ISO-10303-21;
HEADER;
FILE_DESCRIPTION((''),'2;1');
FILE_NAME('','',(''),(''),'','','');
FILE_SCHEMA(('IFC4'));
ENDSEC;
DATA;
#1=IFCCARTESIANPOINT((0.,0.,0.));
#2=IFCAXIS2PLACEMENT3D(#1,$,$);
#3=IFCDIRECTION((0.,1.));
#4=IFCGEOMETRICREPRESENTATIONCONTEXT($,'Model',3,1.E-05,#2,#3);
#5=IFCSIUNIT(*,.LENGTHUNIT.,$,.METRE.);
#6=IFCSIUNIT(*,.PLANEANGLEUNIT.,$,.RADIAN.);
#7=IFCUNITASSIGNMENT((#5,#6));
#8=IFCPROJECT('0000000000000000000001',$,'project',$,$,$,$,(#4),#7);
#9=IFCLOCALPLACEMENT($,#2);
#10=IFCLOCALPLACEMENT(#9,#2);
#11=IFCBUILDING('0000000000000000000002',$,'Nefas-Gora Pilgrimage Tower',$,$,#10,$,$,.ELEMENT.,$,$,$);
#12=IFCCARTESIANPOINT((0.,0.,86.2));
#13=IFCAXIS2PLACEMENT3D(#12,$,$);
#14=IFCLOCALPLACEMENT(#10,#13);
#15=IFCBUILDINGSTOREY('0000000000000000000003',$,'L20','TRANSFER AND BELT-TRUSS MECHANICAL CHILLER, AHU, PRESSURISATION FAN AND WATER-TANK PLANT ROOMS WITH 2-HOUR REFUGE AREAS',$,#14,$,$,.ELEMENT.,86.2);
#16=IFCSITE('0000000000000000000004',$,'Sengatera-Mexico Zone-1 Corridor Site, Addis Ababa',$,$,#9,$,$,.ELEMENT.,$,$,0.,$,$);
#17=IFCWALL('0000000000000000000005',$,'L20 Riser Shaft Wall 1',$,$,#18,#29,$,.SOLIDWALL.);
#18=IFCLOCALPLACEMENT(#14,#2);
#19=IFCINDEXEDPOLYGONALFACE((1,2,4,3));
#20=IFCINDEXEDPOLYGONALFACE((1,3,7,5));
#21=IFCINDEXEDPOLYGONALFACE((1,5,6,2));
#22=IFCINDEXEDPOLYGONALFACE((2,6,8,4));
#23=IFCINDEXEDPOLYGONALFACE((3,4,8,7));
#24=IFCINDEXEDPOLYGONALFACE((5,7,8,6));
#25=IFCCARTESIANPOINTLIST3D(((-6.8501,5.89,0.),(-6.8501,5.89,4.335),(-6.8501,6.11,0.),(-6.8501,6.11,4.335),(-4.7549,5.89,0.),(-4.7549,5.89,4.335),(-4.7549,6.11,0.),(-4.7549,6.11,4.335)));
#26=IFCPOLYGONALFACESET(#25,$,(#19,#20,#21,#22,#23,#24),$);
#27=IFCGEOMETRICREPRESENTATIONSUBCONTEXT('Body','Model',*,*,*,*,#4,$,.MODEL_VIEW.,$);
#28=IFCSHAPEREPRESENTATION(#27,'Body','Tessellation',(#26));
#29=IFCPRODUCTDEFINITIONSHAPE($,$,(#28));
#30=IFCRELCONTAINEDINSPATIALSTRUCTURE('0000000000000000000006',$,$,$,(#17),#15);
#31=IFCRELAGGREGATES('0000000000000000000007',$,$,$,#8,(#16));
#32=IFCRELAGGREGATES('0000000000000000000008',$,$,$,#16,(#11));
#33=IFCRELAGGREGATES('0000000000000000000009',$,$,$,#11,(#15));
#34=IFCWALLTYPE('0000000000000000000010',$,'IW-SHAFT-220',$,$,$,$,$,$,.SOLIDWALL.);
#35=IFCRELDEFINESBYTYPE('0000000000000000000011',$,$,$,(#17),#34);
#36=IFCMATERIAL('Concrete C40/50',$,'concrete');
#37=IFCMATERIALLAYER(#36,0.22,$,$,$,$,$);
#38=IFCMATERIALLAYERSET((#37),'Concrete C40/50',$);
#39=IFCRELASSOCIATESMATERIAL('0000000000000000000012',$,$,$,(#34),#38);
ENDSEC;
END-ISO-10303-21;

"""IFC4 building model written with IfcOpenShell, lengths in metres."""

from ifc_helpers import new_model, si_unit, direction, frame, frame_2d, origin, place, context, subcontext, project, spatial, rectangle, extrude, source, transform, mapped, material, layer, layer_set, type_object, element, save


model = new_model("IFC4")

# Units and contexts
model_context = context("Model", 3, precision=1e-05, world=origin(), true_north=direction((0.0, 1.0)))
body_context = subcontext(model_context, "Body", "Model", "MODEL_VIEW")
ifc_project = project(units=[si_unit("LENGTHUNIT", "METRE"), si_unit("PLANEANGLEUNIT", "RADIAN")], contexts=[model_context])

# Site, building, storey
site_placement = place(None, origin())
site = spatial("IfcSite", under=ifc_project, at=site_placement, Name="Sengatera-Mexico Zone-1 Corridor Site, Addis Ababa", CompositionType="ELEMENT", RefElevation=0.0)
building_placement = place(site_placement, origin())
building = spatial("IfcBuilding", under=site, at=building_placement, Name="Nefas-Gora Pilgrimage Tower", CompositionType="ELEMENT")
storey_placement = place(building_placement, frame((0.0, 0.0, 86.2)))
storey = spatial("IfcBuildingStorey", under=building, at=storey_placement, Name="L20", Description="TRANSFER AND BELT-TRUSS MECHANICAL CHILLER, AHU, PRESSURISATION FAN AND WATER-TANK PLANT ROOMS WITH 2-HOUR REFUGE AREAS", CompositionType="ELEMENT", Elevation=86.2)

# Shared definitions
ifc_material_1 = material(Name="Concrete C40/50", Category="concrete")

# Shared definitions
ifc_layer_1 = layer(ifc_material_1, 0.22)
ifc_layer_set_1 = layer_set([ifc_layer_1], Name="Concrete C40/50")
wall_type_1 = type_object("IfcWallType", Name="IW-SHAFT-220", PredefinedType="SOLIDWALL", material=ifc_layer_set_1)

# Wall
shared_shape_1 = source(origin(), body_context, "Body", "SweptSolid", [
    extrude(rectangle(XDim=2.0952, YDim=0.22, at=frame_2d((1.0476, 0.0))), origin(), (0.0, 0.0, 1.0), 4.335),
])
wall_1_placement = place(storey_placement, frame((-6.8501, 6.0, 0.0), z_axis=(0.0, 0.0, 1.0), x_axis=(1.0, 0.0, 0.0)))
element("IfcWall", 1, at=wall_1_placement, inside=storey, type_object=wall_type_1, Name="L20 Riser Shaft Wall 1", PredefinedType="SOLIDWALL", context=body_context, shape_type="MappedRepresentation", body=[
    mapped(shared_shape_1, transform((0.0, 0.0, 0.0), x_axis=(1.0, 0.0, 0.0), y_axis=(0.0, 1.0, 0.0), z_axis=(0.0, 0.0, 1.0), scale=1.0)),
])

save(model, "model.ifc")
